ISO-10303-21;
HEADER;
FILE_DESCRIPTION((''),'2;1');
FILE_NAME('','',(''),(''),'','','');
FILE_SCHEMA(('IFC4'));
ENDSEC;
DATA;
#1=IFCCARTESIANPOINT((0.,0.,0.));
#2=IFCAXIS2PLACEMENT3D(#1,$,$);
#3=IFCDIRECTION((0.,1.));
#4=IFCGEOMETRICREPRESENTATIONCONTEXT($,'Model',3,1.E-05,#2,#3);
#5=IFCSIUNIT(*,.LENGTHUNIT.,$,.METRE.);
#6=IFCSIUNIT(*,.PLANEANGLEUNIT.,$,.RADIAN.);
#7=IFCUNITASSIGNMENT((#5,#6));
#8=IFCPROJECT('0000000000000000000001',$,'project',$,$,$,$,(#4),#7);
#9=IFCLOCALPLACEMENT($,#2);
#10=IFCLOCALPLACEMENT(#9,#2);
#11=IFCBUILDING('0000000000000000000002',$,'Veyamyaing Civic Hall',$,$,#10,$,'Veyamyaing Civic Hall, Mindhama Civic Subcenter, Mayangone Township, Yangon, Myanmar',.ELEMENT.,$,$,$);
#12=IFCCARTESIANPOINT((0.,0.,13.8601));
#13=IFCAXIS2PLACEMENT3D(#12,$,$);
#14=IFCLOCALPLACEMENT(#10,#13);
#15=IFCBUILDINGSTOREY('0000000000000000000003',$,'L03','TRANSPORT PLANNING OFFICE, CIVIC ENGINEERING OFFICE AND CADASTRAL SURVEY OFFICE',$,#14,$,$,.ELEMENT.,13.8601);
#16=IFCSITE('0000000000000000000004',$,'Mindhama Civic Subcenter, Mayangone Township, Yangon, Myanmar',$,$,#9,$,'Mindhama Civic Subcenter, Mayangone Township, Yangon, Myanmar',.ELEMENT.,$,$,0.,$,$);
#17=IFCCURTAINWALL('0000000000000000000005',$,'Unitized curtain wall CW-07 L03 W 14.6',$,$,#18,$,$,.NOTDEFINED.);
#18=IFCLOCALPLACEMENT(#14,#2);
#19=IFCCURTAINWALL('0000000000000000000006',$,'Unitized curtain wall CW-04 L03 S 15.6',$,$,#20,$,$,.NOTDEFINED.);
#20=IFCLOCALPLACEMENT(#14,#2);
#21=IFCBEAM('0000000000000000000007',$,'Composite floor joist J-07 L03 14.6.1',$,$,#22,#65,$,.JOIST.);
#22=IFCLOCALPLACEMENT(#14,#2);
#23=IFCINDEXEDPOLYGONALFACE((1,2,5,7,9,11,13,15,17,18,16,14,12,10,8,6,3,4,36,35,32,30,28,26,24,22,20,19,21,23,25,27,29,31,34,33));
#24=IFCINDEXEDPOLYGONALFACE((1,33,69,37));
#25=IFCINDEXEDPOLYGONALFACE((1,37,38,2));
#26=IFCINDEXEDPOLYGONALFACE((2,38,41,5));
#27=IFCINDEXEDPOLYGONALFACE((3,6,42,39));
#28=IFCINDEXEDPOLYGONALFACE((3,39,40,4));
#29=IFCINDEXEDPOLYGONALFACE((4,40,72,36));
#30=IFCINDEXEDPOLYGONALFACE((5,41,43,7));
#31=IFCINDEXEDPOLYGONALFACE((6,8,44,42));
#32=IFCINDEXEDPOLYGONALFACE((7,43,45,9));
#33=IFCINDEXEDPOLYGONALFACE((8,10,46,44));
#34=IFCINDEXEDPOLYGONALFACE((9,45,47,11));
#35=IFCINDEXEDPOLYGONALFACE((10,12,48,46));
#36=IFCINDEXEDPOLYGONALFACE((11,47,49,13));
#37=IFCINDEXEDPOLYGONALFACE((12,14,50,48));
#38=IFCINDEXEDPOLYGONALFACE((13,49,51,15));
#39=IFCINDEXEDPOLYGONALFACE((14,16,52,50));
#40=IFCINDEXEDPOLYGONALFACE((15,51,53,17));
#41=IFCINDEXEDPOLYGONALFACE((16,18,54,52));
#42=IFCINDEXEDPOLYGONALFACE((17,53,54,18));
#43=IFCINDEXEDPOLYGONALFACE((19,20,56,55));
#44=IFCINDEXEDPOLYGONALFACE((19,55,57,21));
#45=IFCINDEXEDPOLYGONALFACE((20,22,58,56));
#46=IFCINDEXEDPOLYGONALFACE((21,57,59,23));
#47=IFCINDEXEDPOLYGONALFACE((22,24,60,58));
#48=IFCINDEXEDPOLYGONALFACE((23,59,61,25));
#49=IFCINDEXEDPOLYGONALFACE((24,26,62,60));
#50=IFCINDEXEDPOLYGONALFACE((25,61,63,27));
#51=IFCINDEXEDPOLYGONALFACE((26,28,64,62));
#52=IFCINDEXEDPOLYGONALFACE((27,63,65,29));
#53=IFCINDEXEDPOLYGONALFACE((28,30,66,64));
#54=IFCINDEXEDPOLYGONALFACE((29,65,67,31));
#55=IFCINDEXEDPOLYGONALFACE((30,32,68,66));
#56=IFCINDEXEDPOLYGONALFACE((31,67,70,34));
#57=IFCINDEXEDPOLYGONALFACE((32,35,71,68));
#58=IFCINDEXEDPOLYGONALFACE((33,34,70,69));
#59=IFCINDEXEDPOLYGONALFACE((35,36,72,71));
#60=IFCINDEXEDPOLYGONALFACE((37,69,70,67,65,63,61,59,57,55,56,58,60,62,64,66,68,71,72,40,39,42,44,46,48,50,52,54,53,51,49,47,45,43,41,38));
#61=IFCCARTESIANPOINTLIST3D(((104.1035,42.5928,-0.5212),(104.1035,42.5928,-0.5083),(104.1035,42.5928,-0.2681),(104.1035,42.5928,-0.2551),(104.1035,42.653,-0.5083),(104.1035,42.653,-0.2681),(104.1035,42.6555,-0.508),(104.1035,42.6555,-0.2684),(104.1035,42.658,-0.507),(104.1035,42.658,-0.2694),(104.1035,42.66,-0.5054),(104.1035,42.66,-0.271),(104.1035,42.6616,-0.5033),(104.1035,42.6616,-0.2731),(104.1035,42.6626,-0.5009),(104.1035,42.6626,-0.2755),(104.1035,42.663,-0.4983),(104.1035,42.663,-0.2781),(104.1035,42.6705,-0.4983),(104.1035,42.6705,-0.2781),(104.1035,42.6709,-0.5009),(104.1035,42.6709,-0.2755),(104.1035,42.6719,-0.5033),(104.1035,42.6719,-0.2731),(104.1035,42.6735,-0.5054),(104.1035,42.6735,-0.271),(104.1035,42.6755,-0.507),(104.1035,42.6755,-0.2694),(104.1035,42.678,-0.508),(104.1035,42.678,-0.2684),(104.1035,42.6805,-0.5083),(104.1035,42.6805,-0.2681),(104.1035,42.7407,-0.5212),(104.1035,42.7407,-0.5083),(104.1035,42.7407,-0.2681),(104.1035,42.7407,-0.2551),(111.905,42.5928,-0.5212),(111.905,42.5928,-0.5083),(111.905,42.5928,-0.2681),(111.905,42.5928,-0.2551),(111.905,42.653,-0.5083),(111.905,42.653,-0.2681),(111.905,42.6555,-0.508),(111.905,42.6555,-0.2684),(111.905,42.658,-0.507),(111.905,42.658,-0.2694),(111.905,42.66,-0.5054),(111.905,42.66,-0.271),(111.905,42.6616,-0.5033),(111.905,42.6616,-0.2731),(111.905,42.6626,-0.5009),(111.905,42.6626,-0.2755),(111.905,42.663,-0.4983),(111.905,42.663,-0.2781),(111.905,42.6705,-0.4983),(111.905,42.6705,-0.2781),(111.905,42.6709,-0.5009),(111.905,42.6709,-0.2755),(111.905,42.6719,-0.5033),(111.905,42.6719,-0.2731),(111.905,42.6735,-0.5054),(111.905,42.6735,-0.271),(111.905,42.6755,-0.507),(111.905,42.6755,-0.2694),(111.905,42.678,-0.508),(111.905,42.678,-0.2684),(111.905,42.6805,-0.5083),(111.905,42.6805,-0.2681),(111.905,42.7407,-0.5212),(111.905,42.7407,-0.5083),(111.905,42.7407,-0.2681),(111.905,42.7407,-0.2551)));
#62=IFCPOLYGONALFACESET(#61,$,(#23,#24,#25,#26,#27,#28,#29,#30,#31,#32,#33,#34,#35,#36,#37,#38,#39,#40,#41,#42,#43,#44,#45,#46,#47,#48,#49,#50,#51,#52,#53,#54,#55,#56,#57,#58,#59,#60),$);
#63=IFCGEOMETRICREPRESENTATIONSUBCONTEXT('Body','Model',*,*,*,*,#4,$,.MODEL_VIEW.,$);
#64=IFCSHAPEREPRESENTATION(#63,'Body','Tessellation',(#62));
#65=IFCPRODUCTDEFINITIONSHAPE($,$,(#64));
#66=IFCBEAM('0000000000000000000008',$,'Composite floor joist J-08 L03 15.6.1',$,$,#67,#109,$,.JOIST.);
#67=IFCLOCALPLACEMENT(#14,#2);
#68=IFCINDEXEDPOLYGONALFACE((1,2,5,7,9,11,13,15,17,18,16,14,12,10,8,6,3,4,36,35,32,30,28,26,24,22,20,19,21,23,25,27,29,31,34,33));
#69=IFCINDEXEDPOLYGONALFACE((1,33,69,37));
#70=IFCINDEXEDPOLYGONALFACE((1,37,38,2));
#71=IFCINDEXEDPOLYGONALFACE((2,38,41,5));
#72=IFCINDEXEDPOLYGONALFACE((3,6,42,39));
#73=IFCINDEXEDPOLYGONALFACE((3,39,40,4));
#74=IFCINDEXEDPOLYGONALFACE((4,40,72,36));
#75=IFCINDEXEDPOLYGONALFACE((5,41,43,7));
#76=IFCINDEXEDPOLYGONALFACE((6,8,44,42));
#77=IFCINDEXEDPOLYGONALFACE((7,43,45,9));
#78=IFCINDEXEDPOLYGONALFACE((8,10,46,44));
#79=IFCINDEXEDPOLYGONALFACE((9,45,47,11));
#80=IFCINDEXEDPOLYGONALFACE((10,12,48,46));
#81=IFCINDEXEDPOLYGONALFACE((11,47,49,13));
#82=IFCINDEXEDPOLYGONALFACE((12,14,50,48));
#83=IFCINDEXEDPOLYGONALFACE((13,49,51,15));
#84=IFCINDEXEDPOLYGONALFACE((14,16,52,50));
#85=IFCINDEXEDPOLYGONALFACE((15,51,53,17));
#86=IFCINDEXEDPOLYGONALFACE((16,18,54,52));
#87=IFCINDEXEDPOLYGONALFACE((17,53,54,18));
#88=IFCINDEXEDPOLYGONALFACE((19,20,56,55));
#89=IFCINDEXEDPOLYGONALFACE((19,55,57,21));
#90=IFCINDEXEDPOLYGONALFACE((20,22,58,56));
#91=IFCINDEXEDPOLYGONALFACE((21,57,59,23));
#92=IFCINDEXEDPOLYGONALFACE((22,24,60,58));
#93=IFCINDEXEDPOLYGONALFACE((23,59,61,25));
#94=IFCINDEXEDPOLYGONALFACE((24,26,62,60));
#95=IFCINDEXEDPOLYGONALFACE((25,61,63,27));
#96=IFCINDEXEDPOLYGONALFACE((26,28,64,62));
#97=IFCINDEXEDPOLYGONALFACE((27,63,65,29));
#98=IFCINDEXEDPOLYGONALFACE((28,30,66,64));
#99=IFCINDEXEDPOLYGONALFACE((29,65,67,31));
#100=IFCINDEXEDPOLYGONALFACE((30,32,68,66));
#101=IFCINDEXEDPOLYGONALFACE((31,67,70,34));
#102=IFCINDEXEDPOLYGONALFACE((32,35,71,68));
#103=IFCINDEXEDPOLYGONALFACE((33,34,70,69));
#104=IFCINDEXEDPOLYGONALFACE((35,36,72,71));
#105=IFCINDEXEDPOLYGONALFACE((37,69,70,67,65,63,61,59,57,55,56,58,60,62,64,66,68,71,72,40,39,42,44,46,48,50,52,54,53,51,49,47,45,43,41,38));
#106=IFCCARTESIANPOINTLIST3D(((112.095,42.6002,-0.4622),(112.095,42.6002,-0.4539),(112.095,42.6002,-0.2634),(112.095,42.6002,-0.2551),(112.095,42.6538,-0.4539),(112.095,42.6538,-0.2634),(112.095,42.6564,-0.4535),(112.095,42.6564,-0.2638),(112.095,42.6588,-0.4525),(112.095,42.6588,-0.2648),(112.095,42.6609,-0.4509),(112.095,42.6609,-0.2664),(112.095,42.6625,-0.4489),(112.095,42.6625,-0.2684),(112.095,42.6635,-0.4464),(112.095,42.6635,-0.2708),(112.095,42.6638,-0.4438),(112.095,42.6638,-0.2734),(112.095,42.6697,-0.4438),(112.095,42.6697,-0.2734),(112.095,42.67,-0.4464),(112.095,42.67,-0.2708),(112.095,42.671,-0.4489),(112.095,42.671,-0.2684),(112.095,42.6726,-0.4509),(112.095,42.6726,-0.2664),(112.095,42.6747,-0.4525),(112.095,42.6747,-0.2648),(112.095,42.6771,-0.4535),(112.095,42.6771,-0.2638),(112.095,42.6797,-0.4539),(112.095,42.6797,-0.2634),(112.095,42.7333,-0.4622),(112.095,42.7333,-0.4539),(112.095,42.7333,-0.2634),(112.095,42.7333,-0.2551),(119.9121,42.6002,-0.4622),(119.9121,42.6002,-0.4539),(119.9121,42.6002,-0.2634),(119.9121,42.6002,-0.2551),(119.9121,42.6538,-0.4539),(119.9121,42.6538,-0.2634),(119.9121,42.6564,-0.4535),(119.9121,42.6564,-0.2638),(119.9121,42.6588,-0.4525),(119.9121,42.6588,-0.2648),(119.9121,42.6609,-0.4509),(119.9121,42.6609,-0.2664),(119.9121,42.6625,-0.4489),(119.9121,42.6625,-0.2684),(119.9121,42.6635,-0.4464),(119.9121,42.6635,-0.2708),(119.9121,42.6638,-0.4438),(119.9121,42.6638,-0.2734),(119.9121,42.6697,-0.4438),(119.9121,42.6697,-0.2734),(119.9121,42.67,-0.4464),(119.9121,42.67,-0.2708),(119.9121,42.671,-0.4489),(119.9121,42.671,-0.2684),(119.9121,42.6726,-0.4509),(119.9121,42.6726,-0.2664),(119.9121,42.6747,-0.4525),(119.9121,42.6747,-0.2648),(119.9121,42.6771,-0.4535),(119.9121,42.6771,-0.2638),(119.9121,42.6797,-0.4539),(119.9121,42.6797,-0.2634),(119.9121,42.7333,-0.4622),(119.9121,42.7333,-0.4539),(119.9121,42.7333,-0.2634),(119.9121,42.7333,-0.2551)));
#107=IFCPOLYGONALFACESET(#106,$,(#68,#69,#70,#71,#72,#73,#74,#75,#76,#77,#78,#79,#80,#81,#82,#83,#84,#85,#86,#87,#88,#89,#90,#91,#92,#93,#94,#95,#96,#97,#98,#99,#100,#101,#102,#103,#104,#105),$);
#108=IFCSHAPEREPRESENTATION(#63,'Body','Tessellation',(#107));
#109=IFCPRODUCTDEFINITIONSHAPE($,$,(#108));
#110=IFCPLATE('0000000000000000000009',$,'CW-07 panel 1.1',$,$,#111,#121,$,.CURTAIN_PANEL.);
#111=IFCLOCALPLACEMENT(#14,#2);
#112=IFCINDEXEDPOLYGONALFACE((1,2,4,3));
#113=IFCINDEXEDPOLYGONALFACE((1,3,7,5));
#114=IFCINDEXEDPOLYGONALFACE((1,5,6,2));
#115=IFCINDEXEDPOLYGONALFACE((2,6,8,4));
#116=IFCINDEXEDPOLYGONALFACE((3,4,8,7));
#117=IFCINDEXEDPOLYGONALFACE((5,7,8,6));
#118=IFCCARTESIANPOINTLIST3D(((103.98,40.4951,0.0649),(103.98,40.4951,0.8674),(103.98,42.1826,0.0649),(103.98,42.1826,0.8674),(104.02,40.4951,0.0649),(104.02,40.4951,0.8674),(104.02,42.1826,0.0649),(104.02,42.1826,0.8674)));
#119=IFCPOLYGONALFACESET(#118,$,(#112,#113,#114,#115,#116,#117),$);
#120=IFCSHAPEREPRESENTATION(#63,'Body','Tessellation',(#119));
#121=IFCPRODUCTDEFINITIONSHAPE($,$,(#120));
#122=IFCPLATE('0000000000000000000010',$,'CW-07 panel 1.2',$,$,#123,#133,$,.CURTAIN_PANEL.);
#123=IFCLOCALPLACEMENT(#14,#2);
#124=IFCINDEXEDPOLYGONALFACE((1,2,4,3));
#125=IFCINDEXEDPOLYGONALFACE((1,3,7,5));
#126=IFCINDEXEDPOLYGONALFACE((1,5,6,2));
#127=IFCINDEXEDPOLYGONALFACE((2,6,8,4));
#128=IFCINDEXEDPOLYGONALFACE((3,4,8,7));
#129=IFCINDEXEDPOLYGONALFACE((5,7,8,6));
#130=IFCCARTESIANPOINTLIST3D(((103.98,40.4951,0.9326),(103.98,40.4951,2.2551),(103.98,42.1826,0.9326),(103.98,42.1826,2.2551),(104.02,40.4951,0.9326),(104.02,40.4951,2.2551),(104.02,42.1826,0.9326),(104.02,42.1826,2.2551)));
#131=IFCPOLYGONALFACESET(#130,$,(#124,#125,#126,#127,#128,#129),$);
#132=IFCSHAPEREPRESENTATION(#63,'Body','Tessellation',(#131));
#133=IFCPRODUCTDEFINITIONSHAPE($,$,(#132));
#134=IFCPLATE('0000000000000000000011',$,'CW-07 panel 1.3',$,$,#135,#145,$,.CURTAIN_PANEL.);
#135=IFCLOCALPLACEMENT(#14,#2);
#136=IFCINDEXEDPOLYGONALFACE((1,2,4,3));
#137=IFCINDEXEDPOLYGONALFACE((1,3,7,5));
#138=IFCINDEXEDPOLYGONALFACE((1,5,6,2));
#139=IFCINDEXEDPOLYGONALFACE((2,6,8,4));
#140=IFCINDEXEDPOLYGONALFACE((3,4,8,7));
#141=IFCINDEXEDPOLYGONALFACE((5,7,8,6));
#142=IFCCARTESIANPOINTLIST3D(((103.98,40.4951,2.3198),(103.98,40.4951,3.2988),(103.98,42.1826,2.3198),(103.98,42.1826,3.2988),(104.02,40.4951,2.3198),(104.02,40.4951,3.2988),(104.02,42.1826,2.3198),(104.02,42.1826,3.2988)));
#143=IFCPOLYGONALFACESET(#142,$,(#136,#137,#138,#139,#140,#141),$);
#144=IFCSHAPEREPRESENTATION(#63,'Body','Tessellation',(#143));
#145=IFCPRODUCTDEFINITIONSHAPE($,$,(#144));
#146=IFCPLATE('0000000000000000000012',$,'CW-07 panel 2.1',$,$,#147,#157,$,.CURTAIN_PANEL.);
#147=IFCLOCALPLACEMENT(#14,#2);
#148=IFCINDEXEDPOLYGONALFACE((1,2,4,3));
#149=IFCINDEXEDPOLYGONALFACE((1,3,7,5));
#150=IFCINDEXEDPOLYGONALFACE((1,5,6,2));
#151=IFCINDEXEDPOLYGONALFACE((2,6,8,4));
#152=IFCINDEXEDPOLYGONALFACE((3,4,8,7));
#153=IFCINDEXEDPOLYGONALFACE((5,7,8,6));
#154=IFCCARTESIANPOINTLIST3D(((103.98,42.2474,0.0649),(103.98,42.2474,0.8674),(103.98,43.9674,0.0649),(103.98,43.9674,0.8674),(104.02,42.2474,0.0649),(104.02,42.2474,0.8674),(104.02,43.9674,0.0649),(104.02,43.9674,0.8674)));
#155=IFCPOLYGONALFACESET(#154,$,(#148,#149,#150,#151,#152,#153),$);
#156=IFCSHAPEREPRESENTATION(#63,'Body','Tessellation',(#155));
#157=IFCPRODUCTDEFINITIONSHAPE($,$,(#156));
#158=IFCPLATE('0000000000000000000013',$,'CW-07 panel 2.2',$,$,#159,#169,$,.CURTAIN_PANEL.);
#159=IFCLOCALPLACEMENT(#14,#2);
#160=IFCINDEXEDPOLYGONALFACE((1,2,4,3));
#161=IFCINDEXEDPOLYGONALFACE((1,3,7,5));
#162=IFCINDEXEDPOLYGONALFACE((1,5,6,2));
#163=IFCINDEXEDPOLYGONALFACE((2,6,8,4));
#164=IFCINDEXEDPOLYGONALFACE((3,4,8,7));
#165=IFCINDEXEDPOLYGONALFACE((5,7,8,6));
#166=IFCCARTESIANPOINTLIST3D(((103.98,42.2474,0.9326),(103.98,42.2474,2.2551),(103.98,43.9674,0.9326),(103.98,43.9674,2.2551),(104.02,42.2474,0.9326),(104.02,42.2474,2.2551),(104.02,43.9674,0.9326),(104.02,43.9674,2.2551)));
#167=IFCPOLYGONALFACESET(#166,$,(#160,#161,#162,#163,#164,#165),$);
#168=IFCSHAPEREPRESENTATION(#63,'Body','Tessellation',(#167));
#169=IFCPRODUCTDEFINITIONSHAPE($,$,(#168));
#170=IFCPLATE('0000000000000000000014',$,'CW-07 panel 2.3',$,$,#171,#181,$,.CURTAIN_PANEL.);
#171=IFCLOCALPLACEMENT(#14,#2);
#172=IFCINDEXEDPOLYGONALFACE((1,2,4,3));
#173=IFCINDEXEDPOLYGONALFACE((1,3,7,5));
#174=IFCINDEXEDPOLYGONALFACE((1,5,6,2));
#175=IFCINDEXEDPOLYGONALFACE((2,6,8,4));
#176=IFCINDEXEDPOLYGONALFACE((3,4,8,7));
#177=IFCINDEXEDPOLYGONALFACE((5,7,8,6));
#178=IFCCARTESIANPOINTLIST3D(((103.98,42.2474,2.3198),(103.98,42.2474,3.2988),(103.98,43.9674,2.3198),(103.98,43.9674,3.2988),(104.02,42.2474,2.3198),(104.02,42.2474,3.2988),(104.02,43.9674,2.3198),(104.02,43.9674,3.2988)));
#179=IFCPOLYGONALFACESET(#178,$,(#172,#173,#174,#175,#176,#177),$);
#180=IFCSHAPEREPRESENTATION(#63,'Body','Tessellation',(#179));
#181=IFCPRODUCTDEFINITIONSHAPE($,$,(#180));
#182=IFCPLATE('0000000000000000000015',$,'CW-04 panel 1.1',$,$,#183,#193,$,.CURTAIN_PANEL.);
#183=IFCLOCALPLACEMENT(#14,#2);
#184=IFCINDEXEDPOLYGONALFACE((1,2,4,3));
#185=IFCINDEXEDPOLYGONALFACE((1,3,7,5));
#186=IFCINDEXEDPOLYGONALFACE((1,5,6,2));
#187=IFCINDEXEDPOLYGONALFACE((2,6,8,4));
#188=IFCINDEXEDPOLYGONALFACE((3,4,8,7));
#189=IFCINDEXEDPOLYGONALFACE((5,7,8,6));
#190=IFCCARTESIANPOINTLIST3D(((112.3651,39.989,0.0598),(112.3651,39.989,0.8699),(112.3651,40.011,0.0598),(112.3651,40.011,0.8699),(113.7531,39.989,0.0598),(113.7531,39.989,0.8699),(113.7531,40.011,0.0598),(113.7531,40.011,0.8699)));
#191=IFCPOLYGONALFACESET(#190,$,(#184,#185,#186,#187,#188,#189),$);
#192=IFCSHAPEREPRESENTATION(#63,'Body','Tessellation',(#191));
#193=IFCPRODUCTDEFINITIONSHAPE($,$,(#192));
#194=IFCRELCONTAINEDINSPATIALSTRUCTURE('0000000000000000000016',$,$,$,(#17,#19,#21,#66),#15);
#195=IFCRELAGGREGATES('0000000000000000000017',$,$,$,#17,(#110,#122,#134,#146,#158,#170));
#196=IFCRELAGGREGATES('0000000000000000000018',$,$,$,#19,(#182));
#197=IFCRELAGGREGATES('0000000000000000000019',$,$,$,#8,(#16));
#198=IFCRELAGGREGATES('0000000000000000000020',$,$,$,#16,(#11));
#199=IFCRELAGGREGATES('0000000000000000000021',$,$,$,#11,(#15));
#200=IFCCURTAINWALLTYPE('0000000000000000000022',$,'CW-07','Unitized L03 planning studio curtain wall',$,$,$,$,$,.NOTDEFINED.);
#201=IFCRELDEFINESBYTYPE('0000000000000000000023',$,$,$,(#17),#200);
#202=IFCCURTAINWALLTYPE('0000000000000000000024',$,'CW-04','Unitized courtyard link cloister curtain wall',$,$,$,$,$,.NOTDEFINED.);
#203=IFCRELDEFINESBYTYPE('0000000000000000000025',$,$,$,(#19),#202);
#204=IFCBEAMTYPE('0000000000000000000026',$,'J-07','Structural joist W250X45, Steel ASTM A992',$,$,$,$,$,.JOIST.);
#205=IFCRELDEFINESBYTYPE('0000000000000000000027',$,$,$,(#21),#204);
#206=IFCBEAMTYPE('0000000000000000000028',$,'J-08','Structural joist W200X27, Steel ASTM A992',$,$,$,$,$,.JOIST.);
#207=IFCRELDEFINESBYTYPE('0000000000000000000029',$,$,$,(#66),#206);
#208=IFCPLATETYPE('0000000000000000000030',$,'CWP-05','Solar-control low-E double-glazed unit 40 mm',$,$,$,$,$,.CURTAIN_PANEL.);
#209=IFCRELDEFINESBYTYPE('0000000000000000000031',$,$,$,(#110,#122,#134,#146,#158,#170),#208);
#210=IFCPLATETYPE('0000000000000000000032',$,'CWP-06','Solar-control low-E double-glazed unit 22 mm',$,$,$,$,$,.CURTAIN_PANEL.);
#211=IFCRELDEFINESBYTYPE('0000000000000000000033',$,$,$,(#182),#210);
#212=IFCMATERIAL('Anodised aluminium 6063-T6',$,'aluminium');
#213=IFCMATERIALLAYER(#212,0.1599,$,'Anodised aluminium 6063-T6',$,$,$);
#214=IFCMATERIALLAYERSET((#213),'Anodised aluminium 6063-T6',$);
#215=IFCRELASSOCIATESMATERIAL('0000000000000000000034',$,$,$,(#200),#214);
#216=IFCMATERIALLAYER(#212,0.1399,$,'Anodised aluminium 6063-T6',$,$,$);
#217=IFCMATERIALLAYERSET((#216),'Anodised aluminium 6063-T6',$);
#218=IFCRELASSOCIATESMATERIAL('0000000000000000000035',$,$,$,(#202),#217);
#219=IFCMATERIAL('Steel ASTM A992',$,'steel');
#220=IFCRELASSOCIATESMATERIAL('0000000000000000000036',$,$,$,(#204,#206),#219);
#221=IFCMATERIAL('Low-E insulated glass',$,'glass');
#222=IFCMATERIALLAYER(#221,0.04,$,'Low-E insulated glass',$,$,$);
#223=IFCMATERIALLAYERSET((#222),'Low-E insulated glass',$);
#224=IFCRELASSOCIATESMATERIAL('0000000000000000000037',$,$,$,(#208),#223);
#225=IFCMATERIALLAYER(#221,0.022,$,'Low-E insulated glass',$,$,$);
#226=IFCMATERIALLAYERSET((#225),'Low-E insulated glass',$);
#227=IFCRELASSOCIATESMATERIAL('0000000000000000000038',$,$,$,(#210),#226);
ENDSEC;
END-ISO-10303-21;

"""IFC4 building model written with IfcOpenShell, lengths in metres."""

from ifc_helpers import new_model, si_unit, direction, frame, origin, origin_2d, place, context, subcontext, project, spatial, rectangle, i_section, extrude, material, layer, layer_set, material_profile, profile_set, type_object, element, aggregate, save


model = new_model("IFC4")

# Units and contexts
model_context = context("Model", 3, precision=1e-05, world=origin(), true_north=direction((0.0, 1.0)))
body_context = subcontext(model_context, "Body", "Model", "MODEL_VIEW")
ifc_project = project(units=[si_unit("LENGTHUNIT", "METRE"), si_unit("PLANEANGLEUNIT", "RADIAN")], contexts=[model_context])

# Site, building, storey
site_placement = place(None, origin())
site = spatial("IfcSite", under=ifc_project, at=site_placement, Name="Mindhama Civic Subcenter, Mayangone Township, Yangon, Myanmar", LongName="Mindhama Civic Subcenter, Mayangone Township, Yangon, Myanmar", CompositionType="ELEMENT", RefElevation=0.0)
building_placement = place(site_placement, origin())
building = spatial("IfcBuilding", under=site, at=building_placement, Name="Veyamyaing Civic Hall", LongName="Veyamyaing Civic Hall, Mindhama Civic Subcenter, Mayangone Township, Yangon, Myanmar", CompositionType="ELEMENT")
storey_placement = place(building_placement, frame((0.0, 0.0, 13.8601)))
storey = spatial("IfcBuildingStorey", under=building, at=storey_placement, Name="L03", Description="TRANSPORT PLANNING OFFICE, CIVIC ENGINEERING OFFICE AND CADASTRAL SURVEY OFFICE", CompositionType="ELEMENT", Elevation=13.8601)

# Shared definitions
ifc_material_1 = material(Name="Steel ASTM A992", Category="steel")

# Curtain wall
ifc_material_2 = material(Name="Anodised aluminium 6063-T6", Category="aluminium")
ifc_layer_1 = layer(ifc_material_2, 0.1599, Name="Anodised aluminium 6063-T6")
ifc_layer_set_1 = layer_set([ifc_layer_1], Name="Anodised aluminium 6063-T6")
curtain_wall_type_1 = type_object("IfcCurtainWallType", Name="CW-07", Description="Unitized L03 planning studio curtain wall", PredefinedType="NOTDEFINED", material=ifc_layer_set_1)
curtain_wall_1_placement = place(storey_placement, origin())
curtain_wall_1 = element("IfcCurtainWall", 1, at=curtain_wall_1_placement, inside=storey, type_object=curtain_wall_type_1, Name="Unitized curtain wall CW-07 L03 W 14.6", PredefinedType="NOTDEFINED")

# Curtain wall
ifc_layer_2 = layer(ifc_material_2, 0.1399, Name="Anodised aluminium 6063-T6")
ifc_layer_set_2 = layer_set([ifc_layer_2], Name="Anodised aluminium 6063-T6")
curtain_wall_type_2 = type_object("IfcCurtainWallType", Name="CW-04", Description="Unitized courtyard link cloister curtain wall", PredefinedType="NOTDEFINED", material=ifc_layer_set_2)
curtain_wall_2_placement = place(storey_placement, origin())
curtain_wall_2 = element("IfcCurtainWall", 2, at=curtain_wall_2_placement, inside=storey, type_object=curtain_wall_type_2, Name="Unitized curtain wall CW-04 L03 S 15.6", PredefinedType="NOTDEFINED")

# Beams
ifc_material_profile_1 = material_profile(ifc_material_1, i_section(OverallWidth=0.1479, OverallDepth=0.2661, WebThickness=0.0076, FlangeThickness=0.0129, FilletRadius=0.01, at=origin_2d()), Name="W250X45")
ifc_profile_set_1 = profile_set([ifc_material_profile_1], Name="Steel ASTM A992")
beam_type_1 = type_object("IfcBeamType", Name="J-07", Description="Structural joist W250X45, Steel ASTM A992", PredefinedType="JOIST", material=ifc_profile_set_1)
beam_1_placement = place(storey_placement, frame((104.1035, 42.6667, -0.3882), z_axis=(1.0, 0.0, 0.0), x_axis=(0.0, 1.0, 0.0)))
element("IfcBeam", 3, at=beam_1_placement, inside=storey, type_object=beam_type_1, Name="Composite floor joist J-07 L03 14.6.1", PredefinedType="JOIST", context=body_context, shape_type="SweptSolid", body=[
    extrude(i_section(OverallWidth=0.1479, OverallDepth=0.2661, WebThickness=0.0076, FlangeThickness=0.0129, FilletRadius=0.01, at=origin_2d()), origin(), (0.0, 0.0, 1.0), 7.8015),
])
ifc_material_profile_2 = material_profile(ifc_material_1, i_section(OverallWidth=0.1331, OverallDepth=0.207, WebThickness=0.0059, FlangeThickness=0.0083, FilletRadius=0.01, at=origin_2d()), Name="W200X27")
ifc_profile_set_2 = profile_set([ifc_material_profile_2], Name="Steel ASTM A992")
beam_type_2 = type_object("IfcBeamType", Name="J-08", Description="Structural joist W200X27, Steel ASTM A992", PredefinedType="JOIST", material=ifc_profile_set_2)
beam_2_placement = place(storey_placement, frame((112.095, 42.6667, -0.3586), z_axis=(1.0, 0.0, 0.0), x_axis=(0.0, 1.0, 0.0)))
element("IfcBeam", 4, at=beam_2_placement, inside=storey, type_object=beam_type_2, Name="Composite floor joist J-08 L03 15.6.1", PredefinedType="JOIST", context=body_context, shape_type="SweptSolid", body=[
    extrude(i_section(OverallWidth=0.1331, OverallDepth=0.207, WebThickness=0.0059, FlangeThickness=0.0083, FilletRadius=0.01, at=origin_2d()), origin(), (0.0, 0.0, 1.0), 7.8171),
])

# Plates
ifc_material_3 = material(Name="Low-E insulated glass", Category="glass")
ifc_layer_3 = layer(ifc_material_3, 0.04, Name="Low-E insulated glass")
ifc_layer_set_3 = layer_set([ifc_layer_3], Name="Low-E insulated glass")
plate_type_1 = type_object("IfcPlateType", Name="CWP-05", Description="Solar-control low-E double-glazed unit 40 mm", PredefinedType="CURTAIN_PANEL", material=ifc_layer_set_3)
plate_1_placement = place(storey_placement, frame((104.0, 41.3389, 0.0649), z_axis=(0.0, 0.0, 1.0), x_axis=(0.0, 1.0, 0.0)))
plate_1 = element("IfcPlate", 5, at=plate_1_placement, type_object=plate_type_1, Name="CW-07 panel 1.1", PredefinedType="CURTAIN_PANEL", context=body_context, shape_type="SweptSolid", body=[
    extrude(rectangle(XDim=1.6875, YDim=0.04, at=origin_2d()), origin(), (0.0, 0.0, 1.0), 0.8025),
])
plate_2_placement = place(storey_placement, frame((104.0, 41.3389, 0.9326), z_axis=(0.0, 0.0, 1.0), x_axis=(0.0, 1.0, 0.0)))
plate_2 = element("IfcPlate", 6, at=plate_2_placement, type_object=plate_type_1, Name="CW-07 panel 1.2", PredefinedType="CURTAIN_PANEL", context=body_context, shape_type="SweptSolid", body=[
    extrude(rectangle(XDim=1.6875, YDim=0.04, at=origin_2d()), origin(), (0.0, 0.0, 1.0), 1.3225),
])
plate_3_placement = place(storey_placement, frame((104.0, 41.3389, 2.3198), z_axis=(0.0, 0.0, 1.0), x_axis=(0.0, 1.0, 0.0)))
plate_3 = element("IfcPlate", 7, at=plate_3_placement, type_object=plate_type_1, Name="CW-07 panel 1.3", PredefinedType="CURTAIN_PANEL", context=body_context, shape_type="SweptSolid", body=[
    extrude(rectangle(XDim=1.6875, YDim=0.04, at=origin_2d()), origin(), (0.0, 0.0, 1.0), 0.979),
])
plate_4_placement = place(storey_placement, frame((104.0, 43.1074, 0.0649), z_axis=(0.0, 0.0, 1.0), x_axis=(0.0, 1.0, 0.0)))
plate_4 = element("IfcPlate", 8, at=plate_4_placement, type_object=plate_type_1, Name="CW-07 panel 2.1", PredefinedType="CURTAIN_PANEL", context=body_context, shape_type="SweptSolid", body=[
    extrude(rectangle(XDim=1.72, YDim=0.04, at=origin_2d()), origin(), (0.0, 0.0, 1.0), 0.8025),
])
plate_5_placement = place(storey_placement, frame((104.0, 43.1074, 0.9326), z_axis=(0.0, 0.0, 1.0), x_axis=(0.0, 1.0, 0.0)))
plate_5 = element("IfcPlate", 9, at=plate_5_placement, type_object=plate_type_1, Name="CW-07 panel 2.2", PredefinedType="CURTAIN_PANEL", context=body_context, shape_type="SweptSolid", body=[
    extrude(rectangle(XDim=1.72, YDim=0.04, at=origin_2d()), origin(), (0.0, 0.0, 1.0), 1.3225),
])
plate_6_placement = place(storey_placement, frame((104.0, 43.1074, 2.3198), z_axis=(0.0, 0.0, 1.0), x_axis=(0.0, 1.0, 0.0)))
plate_6 = element("IfcPlate", 10, at=plate_6_placement, type_object=plate_type_1, Name="CW-07 panel 2.3", PredefinedType="CURTAIN_PANEL", context=body_context, shape_type="SweptSolid", body=[
    extrude(rectangle(XDim=1.72, YDim=0.04, at=origin_2d()), origin(), (0.0, 0.0, 1.0), 0.979),
])
aggregate(curtain_wall_1, [plate_1, plate_2, plate_3, plate_4, plate_5, plate_6])
ifc_layer_4 = layer(ifc_material_3, 0.022, Name="Low-E insulated glass")
ifc_layer_set_4 = layer_set([ifc_layer_4], Name="Low-E insulated glass")
plate_type_2 = type_object("IfcPlateType", Name="CWP-06", Description="Solar-control low-E double-glazed unit 22 mm", PredefinedType="CURTAIN_PANEL", material=ifc_layer_set_4)
plate_7_placement = place(storey_placement, frame((113.0591, 40.0, 0.0598), z_axis=(0.0, 0.0, 1.0), x_axis=(1.0, 0.0, 0.0)))
plate_7 = element("IfcPlate", 11, at=plate_7_placement, type_object=plate_type_2, Name="CW-04 panel 1.1", PredefinedType="CURTAIN_PANEL", context=body_context, shape_type="SweptSolid", body=[
    extrude(rectangle(XDim=1.3879, YDim=0.022, at=origin_2d()), origin(), (0.0, 0.0, 1.0), 0.8101),
])
aggregate(curtain_wall_2, [plate_7])

save(model, "model.ifc")
